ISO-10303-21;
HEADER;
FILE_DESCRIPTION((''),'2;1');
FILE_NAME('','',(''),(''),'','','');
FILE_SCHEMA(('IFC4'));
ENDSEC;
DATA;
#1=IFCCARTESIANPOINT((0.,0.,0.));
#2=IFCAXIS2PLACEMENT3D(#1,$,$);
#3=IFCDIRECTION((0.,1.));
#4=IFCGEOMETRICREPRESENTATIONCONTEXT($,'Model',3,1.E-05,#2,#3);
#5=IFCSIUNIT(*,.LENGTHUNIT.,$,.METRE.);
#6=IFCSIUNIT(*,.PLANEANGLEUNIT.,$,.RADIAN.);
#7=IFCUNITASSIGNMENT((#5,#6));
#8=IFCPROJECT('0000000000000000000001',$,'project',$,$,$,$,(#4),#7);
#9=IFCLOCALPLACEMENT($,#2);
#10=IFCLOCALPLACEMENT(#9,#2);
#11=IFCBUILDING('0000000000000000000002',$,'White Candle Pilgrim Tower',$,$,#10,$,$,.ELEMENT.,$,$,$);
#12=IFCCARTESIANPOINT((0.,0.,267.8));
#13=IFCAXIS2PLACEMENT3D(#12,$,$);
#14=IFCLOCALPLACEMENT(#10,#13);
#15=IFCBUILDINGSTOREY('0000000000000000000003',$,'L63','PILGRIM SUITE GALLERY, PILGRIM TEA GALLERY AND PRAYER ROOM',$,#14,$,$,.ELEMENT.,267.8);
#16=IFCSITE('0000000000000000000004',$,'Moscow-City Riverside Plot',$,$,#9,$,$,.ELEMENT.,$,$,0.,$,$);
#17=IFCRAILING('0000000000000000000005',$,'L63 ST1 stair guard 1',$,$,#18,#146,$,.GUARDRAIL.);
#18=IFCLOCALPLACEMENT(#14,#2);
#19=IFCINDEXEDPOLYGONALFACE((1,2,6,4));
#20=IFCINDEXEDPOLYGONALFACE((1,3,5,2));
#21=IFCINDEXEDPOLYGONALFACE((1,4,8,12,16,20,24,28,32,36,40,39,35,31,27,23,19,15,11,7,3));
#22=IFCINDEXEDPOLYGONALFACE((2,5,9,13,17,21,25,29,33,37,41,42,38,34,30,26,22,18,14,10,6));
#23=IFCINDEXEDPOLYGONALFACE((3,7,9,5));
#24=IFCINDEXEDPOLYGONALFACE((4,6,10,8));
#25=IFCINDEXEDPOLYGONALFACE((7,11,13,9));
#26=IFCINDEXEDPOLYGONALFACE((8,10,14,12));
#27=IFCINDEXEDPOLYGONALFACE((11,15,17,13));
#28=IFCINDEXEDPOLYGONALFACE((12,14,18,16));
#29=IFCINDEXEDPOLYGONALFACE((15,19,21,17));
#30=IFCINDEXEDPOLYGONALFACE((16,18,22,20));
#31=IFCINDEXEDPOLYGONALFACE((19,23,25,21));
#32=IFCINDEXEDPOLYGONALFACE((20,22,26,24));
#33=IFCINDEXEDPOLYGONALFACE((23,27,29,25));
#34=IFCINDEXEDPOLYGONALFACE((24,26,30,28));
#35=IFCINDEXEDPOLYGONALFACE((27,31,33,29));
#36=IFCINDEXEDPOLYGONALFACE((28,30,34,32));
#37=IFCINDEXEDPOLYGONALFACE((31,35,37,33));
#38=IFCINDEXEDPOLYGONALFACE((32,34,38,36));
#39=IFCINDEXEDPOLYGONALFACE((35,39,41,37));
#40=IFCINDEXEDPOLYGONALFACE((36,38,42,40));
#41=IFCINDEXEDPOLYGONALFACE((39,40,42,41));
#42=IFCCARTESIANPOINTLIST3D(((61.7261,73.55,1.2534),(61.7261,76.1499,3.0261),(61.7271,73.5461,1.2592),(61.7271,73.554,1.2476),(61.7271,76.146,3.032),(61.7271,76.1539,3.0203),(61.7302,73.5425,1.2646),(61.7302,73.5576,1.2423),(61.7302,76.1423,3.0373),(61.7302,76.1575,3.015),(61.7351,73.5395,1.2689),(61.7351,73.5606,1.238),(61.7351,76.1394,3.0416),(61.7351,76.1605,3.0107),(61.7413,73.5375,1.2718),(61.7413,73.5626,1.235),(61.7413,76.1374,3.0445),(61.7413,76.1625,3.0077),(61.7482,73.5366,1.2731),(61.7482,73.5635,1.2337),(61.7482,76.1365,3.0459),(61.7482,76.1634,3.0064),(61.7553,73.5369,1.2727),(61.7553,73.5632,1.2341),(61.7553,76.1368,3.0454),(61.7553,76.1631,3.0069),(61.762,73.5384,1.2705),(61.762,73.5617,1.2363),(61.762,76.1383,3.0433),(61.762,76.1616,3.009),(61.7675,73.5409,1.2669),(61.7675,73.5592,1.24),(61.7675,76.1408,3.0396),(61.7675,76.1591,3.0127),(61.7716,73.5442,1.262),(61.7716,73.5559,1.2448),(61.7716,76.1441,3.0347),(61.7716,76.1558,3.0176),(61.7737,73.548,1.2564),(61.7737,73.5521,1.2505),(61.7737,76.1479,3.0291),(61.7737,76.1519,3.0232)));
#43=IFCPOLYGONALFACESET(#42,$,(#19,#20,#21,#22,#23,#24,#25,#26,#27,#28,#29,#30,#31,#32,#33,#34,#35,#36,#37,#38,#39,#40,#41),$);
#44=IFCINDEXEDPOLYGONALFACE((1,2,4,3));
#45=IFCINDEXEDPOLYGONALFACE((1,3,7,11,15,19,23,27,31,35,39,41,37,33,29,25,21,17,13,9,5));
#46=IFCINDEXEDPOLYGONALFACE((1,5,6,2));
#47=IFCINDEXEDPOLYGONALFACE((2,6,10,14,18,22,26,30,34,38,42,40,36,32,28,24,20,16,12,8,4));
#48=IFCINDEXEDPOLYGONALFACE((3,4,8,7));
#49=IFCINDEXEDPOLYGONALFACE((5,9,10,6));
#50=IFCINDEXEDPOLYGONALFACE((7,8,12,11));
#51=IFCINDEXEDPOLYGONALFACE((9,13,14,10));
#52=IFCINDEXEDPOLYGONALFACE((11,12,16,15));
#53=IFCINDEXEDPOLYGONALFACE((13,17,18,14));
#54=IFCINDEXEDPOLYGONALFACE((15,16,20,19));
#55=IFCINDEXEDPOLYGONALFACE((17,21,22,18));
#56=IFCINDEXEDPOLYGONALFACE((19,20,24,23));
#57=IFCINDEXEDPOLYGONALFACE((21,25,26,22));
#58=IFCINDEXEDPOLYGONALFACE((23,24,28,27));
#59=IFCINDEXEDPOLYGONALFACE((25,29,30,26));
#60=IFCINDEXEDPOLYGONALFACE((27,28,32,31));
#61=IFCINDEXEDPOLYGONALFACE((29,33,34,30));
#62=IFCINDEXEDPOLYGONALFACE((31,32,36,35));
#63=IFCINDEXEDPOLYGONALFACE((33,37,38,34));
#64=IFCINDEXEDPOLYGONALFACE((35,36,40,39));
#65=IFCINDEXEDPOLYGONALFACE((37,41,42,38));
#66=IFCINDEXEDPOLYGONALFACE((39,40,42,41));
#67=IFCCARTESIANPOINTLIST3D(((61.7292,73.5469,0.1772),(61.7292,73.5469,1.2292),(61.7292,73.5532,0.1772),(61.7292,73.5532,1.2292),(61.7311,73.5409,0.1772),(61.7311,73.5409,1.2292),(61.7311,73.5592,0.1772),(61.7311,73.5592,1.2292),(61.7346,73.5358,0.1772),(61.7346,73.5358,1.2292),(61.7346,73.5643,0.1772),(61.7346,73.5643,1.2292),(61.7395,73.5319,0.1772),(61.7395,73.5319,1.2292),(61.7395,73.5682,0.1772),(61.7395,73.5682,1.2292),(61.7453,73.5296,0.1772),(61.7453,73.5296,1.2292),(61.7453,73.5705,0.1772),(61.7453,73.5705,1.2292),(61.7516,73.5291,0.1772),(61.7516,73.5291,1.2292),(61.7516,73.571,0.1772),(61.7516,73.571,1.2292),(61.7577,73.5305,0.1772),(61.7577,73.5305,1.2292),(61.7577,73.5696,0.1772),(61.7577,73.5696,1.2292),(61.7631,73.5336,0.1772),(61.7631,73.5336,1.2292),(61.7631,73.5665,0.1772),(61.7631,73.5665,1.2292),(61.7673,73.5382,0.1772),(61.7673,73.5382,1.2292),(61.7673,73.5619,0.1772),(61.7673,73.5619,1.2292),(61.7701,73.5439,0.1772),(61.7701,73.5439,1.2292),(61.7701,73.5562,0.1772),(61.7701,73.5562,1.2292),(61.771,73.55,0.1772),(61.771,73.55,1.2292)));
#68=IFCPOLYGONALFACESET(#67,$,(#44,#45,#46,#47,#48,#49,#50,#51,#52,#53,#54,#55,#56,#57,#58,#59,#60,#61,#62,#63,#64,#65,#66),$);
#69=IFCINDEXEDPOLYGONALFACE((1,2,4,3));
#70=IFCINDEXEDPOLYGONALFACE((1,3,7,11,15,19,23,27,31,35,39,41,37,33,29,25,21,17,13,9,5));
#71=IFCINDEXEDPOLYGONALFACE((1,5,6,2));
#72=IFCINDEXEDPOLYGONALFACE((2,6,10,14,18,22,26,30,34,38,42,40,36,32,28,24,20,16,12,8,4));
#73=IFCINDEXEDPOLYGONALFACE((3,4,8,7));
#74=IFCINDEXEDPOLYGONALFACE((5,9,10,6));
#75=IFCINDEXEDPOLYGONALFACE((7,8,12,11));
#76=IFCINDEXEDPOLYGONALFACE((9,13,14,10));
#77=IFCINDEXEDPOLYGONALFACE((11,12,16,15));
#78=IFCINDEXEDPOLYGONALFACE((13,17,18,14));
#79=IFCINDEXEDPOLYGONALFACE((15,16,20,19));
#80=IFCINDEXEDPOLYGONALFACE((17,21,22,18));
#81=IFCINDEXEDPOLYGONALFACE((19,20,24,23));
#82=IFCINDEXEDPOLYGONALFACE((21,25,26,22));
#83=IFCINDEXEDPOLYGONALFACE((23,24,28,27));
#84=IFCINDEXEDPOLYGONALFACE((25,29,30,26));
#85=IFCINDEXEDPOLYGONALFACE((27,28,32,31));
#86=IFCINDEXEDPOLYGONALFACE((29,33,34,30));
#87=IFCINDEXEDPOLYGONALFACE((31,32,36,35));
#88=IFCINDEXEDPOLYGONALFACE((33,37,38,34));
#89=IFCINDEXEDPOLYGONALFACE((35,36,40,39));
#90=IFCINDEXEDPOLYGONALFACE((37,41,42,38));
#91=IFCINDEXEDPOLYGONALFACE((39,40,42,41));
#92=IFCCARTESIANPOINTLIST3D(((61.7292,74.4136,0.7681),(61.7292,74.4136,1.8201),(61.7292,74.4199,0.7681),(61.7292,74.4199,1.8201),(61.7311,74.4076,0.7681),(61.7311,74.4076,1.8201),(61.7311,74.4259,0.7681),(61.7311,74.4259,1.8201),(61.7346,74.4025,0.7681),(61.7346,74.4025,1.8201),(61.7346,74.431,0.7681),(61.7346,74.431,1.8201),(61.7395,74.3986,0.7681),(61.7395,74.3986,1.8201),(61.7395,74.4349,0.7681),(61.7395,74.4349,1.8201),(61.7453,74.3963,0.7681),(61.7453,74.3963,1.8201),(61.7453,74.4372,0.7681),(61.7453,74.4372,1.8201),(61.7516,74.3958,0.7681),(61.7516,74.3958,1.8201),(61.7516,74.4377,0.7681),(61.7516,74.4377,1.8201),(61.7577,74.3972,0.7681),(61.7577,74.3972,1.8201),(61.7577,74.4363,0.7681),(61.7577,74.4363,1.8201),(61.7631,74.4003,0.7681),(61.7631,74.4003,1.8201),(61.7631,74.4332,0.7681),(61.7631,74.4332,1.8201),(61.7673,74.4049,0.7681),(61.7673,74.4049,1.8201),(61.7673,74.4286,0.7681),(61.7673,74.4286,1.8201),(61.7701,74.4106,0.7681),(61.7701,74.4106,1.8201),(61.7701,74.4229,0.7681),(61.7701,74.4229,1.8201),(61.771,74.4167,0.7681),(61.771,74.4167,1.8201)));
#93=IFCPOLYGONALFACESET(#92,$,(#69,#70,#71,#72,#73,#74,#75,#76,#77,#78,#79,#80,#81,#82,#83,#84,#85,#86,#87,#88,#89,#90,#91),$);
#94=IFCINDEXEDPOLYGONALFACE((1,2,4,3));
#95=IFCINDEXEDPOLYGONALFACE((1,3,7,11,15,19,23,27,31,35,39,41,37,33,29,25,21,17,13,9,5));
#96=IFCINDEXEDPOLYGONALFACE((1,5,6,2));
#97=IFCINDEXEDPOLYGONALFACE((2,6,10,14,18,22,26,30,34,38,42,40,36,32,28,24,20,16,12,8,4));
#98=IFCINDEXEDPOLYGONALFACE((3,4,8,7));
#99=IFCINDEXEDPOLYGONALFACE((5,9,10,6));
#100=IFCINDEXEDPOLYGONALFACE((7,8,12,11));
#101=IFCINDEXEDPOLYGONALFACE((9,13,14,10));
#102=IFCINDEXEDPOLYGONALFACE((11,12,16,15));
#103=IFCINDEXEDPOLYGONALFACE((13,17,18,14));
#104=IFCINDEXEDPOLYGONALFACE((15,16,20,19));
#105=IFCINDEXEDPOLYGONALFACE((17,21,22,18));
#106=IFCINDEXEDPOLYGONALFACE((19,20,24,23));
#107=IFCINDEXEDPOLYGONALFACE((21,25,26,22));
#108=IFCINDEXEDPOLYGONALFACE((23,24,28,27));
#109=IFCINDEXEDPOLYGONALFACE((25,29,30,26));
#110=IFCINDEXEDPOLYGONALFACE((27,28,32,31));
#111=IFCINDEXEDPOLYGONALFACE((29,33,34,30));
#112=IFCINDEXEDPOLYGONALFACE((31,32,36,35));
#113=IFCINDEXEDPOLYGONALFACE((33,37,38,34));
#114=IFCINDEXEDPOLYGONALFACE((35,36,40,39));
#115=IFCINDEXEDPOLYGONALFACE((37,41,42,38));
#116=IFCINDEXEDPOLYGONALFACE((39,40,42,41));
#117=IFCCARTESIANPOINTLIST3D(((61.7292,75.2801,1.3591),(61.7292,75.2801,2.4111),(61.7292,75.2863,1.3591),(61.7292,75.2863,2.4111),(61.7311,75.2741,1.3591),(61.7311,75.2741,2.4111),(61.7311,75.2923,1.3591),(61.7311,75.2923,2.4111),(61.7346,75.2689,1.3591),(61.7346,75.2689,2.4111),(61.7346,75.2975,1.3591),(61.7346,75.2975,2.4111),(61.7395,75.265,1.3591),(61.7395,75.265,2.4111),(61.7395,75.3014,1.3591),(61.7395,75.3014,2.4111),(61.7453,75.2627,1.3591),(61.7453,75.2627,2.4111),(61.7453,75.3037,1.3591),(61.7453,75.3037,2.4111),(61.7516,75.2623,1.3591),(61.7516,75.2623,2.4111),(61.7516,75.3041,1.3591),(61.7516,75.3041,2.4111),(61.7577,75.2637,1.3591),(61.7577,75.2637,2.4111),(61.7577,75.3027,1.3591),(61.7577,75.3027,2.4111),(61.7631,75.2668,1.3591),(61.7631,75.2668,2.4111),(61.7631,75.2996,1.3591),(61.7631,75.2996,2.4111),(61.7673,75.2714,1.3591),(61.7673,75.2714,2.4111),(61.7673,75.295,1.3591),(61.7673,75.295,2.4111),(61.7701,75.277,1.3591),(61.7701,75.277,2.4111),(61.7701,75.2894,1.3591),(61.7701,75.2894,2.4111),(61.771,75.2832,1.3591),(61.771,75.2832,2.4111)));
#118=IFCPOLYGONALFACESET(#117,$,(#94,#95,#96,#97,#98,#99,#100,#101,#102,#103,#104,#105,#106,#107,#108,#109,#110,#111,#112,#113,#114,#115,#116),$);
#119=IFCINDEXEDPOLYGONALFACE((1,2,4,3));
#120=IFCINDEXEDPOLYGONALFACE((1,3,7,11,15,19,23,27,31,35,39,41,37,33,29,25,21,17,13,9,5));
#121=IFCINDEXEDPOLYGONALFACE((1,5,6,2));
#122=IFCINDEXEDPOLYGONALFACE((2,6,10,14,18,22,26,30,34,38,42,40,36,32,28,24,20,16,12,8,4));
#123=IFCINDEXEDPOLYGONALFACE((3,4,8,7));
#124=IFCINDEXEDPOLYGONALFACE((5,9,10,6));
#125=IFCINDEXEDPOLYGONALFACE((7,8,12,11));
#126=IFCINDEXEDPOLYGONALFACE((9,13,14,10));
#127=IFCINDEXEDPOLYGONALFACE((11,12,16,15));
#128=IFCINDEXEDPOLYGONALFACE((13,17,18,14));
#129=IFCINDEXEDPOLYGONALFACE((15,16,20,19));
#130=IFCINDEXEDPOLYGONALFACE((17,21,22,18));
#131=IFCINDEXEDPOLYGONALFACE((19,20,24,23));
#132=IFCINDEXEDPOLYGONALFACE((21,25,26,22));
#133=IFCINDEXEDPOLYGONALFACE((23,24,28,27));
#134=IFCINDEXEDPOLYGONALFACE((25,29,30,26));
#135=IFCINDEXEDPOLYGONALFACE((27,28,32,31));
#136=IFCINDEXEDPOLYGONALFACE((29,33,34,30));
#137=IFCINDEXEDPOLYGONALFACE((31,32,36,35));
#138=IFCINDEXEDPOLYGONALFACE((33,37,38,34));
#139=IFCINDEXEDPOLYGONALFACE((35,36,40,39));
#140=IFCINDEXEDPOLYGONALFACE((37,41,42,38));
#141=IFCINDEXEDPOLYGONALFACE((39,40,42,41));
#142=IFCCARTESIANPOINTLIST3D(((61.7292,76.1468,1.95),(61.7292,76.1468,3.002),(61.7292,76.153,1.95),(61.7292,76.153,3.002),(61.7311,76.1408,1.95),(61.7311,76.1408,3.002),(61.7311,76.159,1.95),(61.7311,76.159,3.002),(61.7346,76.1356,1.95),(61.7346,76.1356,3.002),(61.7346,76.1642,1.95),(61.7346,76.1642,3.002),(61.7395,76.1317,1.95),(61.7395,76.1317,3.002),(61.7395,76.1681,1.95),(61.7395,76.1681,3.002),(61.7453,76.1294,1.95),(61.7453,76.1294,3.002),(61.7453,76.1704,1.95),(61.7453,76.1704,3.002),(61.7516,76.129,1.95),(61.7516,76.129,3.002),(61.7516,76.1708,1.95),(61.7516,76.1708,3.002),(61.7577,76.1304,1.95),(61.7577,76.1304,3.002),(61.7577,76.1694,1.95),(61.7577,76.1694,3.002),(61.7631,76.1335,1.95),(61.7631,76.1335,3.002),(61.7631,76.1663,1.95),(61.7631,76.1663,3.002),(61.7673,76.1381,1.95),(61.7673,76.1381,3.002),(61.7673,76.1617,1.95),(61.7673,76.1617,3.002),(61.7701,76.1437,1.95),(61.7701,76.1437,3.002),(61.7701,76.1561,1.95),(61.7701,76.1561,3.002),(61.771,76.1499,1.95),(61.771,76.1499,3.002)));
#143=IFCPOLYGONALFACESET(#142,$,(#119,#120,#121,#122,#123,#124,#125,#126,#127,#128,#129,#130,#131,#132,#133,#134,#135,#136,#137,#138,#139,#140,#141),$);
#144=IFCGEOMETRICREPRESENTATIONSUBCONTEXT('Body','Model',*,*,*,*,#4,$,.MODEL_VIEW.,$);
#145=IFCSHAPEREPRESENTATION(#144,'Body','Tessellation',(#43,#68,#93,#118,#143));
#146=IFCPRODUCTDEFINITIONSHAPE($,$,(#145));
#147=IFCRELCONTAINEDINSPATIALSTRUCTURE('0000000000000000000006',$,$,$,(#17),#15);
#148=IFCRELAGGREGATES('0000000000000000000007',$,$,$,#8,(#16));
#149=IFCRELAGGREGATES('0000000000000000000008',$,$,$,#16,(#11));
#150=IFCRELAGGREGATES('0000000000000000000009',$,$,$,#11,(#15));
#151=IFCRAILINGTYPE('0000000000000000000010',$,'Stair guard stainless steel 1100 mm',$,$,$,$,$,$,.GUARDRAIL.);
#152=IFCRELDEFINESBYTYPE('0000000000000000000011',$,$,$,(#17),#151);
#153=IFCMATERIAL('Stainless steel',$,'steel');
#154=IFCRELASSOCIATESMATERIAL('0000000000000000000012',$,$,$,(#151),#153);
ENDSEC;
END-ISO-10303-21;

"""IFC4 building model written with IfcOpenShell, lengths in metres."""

from ifc_helpers import new_model, si_unit, direction, frame, origin, origin_2d, place, context, subcontext, project, spatial, circle, extrude, material, type_object, element, save


model = new_model("IFC4")

# Units and contexts
model_context = context("Model", 3, precision=1e-05, world=origin(), true_north=direction((0.0, 1.0)))
body_context = subcontext(model_context, "Body", "Model", "MODEL_VIEW")
ifc_project = project(units=[si_unit("LENGTHUNIT", "METRE"), si_unit("PLANEANGLEUNIT", "RADIAN")], contexts=[model_context])

# Site, building, storey
site_placement = place(None, origin())
site = spatial("IfcSite", under=ifc_project, at=site_placement, Name="Moscow-City Riverside Plot", CompositionType="ELEMENT", RefElevation=0.0)
building_placement = place(site_placement, origin())
building = spatial("IfcBuilding", under=site, at=building_placement, Name="White Candle Pilgrim Tower", CompositionType="ELEMENT")
storey_placement = place(building_placement, frame((0.0, 0.0, 267.8)))
storey = spatial("IfcBuildingStorey", under=building, at=storey_placement, Name="L63", Description="PILGRIM SUITE GALLERY, PILGRIM TEA GALLERY AND PRAYER ROOM", CompositionType="ELEMENT", Elevation=267.8)

# Railing
ifc_material_1 = material(Name="Stainless steel", Category="steel")
railing_type_1 = type_object("IfcRailingType", Name="Stair guard stainless steel 1100 mm", PredefinedType="GUARDRAIL", material=ifc_material_1)
railing_1_placement = place(storey_placement, frame((61.75, 73.55, 0.1772)))
element("IfcRailing", 1, at=railing_1_placement, inside=storey, type_object=railing_type_1, Name="L63 ST1 stair guard 1", PredefinedType="GUARDRAIL", context=body_context, shape_type="SweptSolid", body=[
    extrude(circle(Radius=0.0239, at=origin_2d()), frame((0.0, 0.0, 1.0762), z_axis=(0.0, 0.826216, 0.563354), x_axis=(-1.0, 0.0, 0.0)), (0.0, 0.0, 1.0), 3.1467),
    extrude(circle(Radius=0.021, at=origin_2d()), origin(), (0.0, 0.0, 1.0), 1.052),
    extrude(circle(Radius=0.021, at=origin_2d()), frame((0.0, 0.8667, 0.5908)), (0.0, 0.0, 1.0), 1.052),
    extrude(circle(Radius=0.021, at=origin_2d()), frame((0.0, 1.7332, 1.1819)), (0.0, 0.0, 1.0), 1.052),
    extrude(circle(Radius=0.021, at=origin_2d()), frame((0.0, 2.5999, 1.7727)), (0.0, 0.0, 1.0), 1.052),
])

save(model, "model.ifc")
